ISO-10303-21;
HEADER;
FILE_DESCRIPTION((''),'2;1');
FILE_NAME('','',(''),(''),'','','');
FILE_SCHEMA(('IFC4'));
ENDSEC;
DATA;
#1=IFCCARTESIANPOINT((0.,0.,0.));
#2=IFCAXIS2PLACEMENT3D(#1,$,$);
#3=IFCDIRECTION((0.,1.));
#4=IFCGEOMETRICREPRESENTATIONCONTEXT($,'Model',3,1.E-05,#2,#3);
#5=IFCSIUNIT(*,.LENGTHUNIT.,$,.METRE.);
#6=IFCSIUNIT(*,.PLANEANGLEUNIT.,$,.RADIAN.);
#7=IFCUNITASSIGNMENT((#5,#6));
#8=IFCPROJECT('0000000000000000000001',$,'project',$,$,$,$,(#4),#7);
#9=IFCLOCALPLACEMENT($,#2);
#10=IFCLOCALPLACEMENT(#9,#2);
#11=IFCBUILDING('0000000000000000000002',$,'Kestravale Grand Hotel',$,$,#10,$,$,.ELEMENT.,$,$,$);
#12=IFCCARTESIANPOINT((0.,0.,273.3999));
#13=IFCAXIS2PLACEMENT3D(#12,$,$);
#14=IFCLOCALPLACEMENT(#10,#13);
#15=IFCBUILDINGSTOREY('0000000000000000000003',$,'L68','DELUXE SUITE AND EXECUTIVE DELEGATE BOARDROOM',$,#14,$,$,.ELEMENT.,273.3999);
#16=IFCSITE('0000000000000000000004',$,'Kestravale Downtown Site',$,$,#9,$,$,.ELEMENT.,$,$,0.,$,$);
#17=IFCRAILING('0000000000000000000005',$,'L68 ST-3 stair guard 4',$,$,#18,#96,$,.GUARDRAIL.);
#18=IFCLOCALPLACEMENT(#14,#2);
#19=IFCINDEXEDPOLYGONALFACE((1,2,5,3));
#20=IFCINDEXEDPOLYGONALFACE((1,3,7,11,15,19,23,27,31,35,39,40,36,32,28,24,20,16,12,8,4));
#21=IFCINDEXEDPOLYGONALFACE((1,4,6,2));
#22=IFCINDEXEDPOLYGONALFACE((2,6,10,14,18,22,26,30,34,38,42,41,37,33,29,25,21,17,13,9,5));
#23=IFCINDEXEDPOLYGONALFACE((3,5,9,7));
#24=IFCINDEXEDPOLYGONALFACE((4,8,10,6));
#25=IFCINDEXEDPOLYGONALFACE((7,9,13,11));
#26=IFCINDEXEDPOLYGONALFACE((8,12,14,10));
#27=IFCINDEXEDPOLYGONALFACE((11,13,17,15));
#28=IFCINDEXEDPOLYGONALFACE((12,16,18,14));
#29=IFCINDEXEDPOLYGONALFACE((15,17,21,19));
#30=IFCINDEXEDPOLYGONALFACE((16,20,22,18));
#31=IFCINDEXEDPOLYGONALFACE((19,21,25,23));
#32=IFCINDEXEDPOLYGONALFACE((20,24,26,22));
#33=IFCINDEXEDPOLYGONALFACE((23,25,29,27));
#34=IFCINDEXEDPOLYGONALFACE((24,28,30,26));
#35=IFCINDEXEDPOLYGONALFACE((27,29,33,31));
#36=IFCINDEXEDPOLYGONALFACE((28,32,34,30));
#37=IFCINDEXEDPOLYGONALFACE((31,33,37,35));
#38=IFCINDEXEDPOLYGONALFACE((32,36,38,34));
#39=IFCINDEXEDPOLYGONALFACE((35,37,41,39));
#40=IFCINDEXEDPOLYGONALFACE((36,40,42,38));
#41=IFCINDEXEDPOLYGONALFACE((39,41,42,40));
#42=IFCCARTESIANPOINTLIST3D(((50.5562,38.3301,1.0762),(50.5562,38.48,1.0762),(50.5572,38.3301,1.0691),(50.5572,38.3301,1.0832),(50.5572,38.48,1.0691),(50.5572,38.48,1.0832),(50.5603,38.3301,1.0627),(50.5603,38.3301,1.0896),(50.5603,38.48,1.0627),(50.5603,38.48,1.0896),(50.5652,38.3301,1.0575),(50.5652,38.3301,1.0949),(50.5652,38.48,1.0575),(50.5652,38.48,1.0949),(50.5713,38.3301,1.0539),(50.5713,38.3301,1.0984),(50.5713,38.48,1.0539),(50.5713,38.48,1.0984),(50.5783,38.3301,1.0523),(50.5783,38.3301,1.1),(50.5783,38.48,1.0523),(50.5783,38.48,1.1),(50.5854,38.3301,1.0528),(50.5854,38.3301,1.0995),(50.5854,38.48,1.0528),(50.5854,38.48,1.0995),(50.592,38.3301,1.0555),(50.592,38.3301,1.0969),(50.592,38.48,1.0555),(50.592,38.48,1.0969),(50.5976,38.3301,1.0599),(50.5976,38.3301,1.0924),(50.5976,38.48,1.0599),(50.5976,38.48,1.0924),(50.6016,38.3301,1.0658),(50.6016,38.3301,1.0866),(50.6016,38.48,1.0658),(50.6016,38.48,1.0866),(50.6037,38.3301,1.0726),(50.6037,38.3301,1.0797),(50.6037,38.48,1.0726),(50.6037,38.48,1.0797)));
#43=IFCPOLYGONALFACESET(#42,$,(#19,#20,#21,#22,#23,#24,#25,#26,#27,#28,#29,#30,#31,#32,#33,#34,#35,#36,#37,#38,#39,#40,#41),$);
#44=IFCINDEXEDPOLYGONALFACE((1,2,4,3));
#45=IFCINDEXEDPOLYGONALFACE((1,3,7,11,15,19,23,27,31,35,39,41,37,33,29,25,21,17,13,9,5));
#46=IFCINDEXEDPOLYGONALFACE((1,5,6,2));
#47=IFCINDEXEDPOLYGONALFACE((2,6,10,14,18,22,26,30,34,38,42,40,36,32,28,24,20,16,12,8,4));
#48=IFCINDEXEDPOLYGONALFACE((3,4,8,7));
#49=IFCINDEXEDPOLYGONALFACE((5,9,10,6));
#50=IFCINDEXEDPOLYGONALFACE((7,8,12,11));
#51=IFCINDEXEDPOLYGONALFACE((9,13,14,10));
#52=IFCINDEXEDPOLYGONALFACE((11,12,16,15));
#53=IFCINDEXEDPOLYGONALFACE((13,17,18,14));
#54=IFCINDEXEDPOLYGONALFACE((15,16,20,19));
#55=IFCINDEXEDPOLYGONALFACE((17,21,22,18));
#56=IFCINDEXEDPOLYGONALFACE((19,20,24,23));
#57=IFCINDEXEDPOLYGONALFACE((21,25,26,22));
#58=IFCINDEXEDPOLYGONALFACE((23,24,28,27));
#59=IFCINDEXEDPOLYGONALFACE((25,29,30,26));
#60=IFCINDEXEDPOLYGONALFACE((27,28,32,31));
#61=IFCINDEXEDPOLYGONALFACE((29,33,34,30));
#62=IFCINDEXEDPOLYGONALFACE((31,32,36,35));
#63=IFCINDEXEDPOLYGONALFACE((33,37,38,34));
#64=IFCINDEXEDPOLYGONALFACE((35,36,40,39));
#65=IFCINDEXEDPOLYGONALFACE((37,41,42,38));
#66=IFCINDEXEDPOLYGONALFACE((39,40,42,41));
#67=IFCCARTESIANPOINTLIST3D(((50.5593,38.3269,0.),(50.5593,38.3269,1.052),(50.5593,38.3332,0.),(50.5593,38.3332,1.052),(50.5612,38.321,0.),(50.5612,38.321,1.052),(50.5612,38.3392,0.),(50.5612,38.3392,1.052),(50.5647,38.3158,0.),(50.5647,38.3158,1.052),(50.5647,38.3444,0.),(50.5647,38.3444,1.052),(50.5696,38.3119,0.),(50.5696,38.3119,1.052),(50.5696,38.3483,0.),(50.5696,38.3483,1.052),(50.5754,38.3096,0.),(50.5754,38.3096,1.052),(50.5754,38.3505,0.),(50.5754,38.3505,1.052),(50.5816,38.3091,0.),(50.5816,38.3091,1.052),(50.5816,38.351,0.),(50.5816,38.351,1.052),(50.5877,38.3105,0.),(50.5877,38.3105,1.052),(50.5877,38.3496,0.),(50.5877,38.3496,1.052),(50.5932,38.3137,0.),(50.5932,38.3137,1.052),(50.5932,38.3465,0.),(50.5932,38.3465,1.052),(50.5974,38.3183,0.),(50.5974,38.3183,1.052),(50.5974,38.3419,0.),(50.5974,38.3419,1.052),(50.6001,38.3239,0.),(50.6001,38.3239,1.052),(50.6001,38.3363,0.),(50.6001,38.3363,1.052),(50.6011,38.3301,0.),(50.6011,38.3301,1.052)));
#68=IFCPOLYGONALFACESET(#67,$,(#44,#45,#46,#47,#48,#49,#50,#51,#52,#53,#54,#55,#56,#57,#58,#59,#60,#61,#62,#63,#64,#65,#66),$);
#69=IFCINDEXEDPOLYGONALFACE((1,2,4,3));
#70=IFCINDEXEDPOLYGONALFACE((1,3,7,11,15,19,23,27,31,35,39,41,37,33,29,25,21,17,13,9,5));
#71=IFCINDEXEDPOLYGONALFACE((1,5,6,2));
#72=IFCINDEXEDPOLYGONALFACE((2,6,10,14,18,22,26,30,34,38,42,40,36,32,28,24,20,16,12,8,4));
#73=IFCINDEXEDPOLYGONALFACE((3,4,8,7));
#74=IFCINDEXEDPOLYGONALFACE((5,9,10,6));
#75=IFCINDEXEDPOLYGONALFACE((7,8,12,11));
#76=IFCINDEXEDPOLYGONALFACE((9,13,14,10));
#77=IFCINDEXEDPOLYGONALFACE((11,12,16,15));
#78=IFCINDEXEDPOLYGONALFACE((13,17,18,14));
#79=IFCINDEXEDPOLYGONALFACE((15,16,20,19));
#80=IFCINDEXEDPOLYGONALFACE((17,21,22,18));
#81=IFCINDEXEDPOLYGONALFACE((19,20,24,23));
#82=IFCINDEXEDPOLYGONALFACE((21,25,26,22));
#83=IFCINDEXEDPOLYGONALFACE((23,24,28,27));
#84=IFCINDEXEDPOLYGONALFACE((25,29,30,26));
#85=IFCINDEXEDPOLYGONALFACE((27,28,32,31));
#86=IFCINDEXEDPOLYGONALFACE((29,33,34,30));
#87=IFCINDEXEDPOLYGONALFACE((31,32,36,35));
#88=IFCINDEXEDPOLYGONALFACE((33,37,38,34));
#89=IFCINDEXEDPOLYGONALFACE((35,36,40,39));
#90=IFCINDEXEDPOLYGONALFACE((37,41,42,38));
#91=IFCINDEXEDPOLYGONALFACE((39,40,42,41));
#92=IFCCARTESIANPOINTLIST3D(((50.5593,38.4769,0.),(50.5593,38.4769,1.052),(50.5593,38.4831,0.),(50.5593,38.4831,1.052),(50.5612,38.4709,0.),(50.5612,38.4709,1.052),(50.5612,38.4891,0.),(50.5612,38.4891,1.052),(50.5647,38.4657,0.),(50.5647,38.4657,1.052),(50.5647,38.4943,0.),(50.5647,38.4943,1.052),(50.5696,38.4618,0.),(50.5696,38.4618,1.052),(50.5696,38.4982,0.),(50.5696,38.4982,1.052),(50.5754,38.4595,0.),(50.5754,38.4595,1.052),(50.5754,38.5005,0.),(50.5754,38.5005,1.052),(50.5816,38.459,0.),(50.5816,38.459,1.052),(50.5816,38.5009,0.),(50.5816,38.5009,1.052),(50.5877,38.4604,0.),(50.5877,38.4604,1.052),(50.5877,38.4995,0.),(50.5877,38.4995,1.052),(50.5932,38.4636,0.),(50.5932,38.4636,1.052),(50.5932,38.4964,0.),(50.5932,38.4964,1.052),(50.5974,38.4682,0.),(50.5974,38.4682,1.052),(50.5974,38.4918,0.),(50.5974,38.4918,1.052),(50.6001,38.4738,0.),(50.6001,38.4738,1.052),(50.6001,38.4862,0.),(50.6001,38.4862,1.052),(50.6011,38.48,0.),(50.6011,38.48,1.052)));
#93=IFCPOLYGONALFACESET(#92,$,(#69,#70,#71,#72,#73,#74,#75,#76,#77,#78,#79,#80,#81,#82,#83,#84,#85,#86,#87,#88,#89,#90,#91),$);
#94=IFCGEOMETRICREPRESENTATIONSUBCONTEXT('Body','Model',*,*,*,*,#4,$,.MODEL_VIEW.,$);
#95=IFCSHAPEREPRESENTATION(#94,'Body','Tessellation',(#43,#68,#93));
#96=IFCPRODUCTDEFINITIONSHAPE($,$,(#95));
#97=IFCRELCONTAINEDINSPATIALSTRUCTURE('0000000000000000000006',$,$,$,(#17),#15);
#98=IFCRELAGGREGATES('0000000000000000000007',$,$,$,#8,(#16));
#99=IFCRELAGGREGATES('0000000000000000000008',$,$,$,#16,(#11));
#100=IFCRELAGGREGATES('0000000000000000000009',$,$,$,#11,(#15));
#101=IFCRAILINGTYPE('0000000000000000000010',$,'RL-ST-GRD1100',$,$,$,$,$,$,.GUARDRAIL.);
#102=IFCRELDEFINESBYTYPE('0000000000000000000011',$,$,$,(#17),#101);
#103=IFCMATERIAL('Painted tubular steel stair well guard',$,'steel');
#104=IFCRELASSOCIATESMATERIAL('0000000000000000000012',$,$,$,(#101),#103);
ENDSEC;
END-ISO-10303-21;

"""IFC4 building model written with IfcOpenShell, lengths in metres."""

from ifc_helpers import new_model, si_unit, direction, frame, origin, origin_2d, place, context, subcontext, project, spatial, circle, extrude, material, type_object, element, save


model = new_model("IFC4")

# Units and contexts
model_context = context("Model", 3, precision=1e-05, world=origin(), true_north=direction((0.0, 1.0)))
body_context = subcontext(model_context, "Body", "Model", "MODEL_VIEW")
ifc_project = project(units=[si_unit("LENGTHUNIT", "METRE"), si_unit("PLANEANGLEUNIT", "RADIAN")], contexts=[model_context])

# Site, building, storey
site_placement = place(None, origin())
site = spatial("IfcSite", under=ifc_project, at=site_placement, Name="Kestravale Downtown Site", CompositionType="ELEMENT", RefElevation=0.0)
building_placement = place(site_placement, origin())
building = spatial("IfcBuilding", under=site, at=building_placement, Name="Kestravale Grand Hotel", CompositionType="ELEMENT")
storey_placement = place(building_placement, frame((0.0, 0.0, 273.3999)))
storey = spatial("IfcBuildingStorey", under=building, at=storey_placement, Name="L68", Description="DELUXE SUITE AND EXECUTIVE DELEGATE BOARDROOM", CompositionType="ELEMENT", Elevation=273.3999)

# Railing
ifc_material_1 = material(Name="Painted tubular steel stair well guard", Category="steel")
railing_type_1 = type_object("IfcRailingType", Name="RL-ST-GRD1100", PredefinedType="GUARDRAIL", material=ifc_material_1)
railing_1_placement = place(storey_placement, frame((50.5801, 38.3301, 0.0)))
element("IfcRailing", 1, at=railing_1_placement, inside=storey, type_object=railing_type_1, Name="L68 ST-3 stair guard 4", PredefinedType="GUARDRAIL", context=body_context, shape_type="SweptSolid", body=[
    extrude(circle(Radius=0.0239, at=origin_2d()), frame((0.0, 0.0, 1.0762), z_axis=(0.0, 1.0, 0.0), x_axis=(-1.0, 0.0, 0.0)), (0.0, 0.0, 1.0), 0.1499),
    extrude(circle(Radius=0.021, at=origin_2d()), origin(), (0.0, 0.0, 1.0), 1.052),
    extrude(circle(Radius=0.021, at=origin_2d()), frame((0.0, 0.1499, 0.0)), (0.0, 0.0, 1.0), 1.052),
])

save(model, "model.ifc")
